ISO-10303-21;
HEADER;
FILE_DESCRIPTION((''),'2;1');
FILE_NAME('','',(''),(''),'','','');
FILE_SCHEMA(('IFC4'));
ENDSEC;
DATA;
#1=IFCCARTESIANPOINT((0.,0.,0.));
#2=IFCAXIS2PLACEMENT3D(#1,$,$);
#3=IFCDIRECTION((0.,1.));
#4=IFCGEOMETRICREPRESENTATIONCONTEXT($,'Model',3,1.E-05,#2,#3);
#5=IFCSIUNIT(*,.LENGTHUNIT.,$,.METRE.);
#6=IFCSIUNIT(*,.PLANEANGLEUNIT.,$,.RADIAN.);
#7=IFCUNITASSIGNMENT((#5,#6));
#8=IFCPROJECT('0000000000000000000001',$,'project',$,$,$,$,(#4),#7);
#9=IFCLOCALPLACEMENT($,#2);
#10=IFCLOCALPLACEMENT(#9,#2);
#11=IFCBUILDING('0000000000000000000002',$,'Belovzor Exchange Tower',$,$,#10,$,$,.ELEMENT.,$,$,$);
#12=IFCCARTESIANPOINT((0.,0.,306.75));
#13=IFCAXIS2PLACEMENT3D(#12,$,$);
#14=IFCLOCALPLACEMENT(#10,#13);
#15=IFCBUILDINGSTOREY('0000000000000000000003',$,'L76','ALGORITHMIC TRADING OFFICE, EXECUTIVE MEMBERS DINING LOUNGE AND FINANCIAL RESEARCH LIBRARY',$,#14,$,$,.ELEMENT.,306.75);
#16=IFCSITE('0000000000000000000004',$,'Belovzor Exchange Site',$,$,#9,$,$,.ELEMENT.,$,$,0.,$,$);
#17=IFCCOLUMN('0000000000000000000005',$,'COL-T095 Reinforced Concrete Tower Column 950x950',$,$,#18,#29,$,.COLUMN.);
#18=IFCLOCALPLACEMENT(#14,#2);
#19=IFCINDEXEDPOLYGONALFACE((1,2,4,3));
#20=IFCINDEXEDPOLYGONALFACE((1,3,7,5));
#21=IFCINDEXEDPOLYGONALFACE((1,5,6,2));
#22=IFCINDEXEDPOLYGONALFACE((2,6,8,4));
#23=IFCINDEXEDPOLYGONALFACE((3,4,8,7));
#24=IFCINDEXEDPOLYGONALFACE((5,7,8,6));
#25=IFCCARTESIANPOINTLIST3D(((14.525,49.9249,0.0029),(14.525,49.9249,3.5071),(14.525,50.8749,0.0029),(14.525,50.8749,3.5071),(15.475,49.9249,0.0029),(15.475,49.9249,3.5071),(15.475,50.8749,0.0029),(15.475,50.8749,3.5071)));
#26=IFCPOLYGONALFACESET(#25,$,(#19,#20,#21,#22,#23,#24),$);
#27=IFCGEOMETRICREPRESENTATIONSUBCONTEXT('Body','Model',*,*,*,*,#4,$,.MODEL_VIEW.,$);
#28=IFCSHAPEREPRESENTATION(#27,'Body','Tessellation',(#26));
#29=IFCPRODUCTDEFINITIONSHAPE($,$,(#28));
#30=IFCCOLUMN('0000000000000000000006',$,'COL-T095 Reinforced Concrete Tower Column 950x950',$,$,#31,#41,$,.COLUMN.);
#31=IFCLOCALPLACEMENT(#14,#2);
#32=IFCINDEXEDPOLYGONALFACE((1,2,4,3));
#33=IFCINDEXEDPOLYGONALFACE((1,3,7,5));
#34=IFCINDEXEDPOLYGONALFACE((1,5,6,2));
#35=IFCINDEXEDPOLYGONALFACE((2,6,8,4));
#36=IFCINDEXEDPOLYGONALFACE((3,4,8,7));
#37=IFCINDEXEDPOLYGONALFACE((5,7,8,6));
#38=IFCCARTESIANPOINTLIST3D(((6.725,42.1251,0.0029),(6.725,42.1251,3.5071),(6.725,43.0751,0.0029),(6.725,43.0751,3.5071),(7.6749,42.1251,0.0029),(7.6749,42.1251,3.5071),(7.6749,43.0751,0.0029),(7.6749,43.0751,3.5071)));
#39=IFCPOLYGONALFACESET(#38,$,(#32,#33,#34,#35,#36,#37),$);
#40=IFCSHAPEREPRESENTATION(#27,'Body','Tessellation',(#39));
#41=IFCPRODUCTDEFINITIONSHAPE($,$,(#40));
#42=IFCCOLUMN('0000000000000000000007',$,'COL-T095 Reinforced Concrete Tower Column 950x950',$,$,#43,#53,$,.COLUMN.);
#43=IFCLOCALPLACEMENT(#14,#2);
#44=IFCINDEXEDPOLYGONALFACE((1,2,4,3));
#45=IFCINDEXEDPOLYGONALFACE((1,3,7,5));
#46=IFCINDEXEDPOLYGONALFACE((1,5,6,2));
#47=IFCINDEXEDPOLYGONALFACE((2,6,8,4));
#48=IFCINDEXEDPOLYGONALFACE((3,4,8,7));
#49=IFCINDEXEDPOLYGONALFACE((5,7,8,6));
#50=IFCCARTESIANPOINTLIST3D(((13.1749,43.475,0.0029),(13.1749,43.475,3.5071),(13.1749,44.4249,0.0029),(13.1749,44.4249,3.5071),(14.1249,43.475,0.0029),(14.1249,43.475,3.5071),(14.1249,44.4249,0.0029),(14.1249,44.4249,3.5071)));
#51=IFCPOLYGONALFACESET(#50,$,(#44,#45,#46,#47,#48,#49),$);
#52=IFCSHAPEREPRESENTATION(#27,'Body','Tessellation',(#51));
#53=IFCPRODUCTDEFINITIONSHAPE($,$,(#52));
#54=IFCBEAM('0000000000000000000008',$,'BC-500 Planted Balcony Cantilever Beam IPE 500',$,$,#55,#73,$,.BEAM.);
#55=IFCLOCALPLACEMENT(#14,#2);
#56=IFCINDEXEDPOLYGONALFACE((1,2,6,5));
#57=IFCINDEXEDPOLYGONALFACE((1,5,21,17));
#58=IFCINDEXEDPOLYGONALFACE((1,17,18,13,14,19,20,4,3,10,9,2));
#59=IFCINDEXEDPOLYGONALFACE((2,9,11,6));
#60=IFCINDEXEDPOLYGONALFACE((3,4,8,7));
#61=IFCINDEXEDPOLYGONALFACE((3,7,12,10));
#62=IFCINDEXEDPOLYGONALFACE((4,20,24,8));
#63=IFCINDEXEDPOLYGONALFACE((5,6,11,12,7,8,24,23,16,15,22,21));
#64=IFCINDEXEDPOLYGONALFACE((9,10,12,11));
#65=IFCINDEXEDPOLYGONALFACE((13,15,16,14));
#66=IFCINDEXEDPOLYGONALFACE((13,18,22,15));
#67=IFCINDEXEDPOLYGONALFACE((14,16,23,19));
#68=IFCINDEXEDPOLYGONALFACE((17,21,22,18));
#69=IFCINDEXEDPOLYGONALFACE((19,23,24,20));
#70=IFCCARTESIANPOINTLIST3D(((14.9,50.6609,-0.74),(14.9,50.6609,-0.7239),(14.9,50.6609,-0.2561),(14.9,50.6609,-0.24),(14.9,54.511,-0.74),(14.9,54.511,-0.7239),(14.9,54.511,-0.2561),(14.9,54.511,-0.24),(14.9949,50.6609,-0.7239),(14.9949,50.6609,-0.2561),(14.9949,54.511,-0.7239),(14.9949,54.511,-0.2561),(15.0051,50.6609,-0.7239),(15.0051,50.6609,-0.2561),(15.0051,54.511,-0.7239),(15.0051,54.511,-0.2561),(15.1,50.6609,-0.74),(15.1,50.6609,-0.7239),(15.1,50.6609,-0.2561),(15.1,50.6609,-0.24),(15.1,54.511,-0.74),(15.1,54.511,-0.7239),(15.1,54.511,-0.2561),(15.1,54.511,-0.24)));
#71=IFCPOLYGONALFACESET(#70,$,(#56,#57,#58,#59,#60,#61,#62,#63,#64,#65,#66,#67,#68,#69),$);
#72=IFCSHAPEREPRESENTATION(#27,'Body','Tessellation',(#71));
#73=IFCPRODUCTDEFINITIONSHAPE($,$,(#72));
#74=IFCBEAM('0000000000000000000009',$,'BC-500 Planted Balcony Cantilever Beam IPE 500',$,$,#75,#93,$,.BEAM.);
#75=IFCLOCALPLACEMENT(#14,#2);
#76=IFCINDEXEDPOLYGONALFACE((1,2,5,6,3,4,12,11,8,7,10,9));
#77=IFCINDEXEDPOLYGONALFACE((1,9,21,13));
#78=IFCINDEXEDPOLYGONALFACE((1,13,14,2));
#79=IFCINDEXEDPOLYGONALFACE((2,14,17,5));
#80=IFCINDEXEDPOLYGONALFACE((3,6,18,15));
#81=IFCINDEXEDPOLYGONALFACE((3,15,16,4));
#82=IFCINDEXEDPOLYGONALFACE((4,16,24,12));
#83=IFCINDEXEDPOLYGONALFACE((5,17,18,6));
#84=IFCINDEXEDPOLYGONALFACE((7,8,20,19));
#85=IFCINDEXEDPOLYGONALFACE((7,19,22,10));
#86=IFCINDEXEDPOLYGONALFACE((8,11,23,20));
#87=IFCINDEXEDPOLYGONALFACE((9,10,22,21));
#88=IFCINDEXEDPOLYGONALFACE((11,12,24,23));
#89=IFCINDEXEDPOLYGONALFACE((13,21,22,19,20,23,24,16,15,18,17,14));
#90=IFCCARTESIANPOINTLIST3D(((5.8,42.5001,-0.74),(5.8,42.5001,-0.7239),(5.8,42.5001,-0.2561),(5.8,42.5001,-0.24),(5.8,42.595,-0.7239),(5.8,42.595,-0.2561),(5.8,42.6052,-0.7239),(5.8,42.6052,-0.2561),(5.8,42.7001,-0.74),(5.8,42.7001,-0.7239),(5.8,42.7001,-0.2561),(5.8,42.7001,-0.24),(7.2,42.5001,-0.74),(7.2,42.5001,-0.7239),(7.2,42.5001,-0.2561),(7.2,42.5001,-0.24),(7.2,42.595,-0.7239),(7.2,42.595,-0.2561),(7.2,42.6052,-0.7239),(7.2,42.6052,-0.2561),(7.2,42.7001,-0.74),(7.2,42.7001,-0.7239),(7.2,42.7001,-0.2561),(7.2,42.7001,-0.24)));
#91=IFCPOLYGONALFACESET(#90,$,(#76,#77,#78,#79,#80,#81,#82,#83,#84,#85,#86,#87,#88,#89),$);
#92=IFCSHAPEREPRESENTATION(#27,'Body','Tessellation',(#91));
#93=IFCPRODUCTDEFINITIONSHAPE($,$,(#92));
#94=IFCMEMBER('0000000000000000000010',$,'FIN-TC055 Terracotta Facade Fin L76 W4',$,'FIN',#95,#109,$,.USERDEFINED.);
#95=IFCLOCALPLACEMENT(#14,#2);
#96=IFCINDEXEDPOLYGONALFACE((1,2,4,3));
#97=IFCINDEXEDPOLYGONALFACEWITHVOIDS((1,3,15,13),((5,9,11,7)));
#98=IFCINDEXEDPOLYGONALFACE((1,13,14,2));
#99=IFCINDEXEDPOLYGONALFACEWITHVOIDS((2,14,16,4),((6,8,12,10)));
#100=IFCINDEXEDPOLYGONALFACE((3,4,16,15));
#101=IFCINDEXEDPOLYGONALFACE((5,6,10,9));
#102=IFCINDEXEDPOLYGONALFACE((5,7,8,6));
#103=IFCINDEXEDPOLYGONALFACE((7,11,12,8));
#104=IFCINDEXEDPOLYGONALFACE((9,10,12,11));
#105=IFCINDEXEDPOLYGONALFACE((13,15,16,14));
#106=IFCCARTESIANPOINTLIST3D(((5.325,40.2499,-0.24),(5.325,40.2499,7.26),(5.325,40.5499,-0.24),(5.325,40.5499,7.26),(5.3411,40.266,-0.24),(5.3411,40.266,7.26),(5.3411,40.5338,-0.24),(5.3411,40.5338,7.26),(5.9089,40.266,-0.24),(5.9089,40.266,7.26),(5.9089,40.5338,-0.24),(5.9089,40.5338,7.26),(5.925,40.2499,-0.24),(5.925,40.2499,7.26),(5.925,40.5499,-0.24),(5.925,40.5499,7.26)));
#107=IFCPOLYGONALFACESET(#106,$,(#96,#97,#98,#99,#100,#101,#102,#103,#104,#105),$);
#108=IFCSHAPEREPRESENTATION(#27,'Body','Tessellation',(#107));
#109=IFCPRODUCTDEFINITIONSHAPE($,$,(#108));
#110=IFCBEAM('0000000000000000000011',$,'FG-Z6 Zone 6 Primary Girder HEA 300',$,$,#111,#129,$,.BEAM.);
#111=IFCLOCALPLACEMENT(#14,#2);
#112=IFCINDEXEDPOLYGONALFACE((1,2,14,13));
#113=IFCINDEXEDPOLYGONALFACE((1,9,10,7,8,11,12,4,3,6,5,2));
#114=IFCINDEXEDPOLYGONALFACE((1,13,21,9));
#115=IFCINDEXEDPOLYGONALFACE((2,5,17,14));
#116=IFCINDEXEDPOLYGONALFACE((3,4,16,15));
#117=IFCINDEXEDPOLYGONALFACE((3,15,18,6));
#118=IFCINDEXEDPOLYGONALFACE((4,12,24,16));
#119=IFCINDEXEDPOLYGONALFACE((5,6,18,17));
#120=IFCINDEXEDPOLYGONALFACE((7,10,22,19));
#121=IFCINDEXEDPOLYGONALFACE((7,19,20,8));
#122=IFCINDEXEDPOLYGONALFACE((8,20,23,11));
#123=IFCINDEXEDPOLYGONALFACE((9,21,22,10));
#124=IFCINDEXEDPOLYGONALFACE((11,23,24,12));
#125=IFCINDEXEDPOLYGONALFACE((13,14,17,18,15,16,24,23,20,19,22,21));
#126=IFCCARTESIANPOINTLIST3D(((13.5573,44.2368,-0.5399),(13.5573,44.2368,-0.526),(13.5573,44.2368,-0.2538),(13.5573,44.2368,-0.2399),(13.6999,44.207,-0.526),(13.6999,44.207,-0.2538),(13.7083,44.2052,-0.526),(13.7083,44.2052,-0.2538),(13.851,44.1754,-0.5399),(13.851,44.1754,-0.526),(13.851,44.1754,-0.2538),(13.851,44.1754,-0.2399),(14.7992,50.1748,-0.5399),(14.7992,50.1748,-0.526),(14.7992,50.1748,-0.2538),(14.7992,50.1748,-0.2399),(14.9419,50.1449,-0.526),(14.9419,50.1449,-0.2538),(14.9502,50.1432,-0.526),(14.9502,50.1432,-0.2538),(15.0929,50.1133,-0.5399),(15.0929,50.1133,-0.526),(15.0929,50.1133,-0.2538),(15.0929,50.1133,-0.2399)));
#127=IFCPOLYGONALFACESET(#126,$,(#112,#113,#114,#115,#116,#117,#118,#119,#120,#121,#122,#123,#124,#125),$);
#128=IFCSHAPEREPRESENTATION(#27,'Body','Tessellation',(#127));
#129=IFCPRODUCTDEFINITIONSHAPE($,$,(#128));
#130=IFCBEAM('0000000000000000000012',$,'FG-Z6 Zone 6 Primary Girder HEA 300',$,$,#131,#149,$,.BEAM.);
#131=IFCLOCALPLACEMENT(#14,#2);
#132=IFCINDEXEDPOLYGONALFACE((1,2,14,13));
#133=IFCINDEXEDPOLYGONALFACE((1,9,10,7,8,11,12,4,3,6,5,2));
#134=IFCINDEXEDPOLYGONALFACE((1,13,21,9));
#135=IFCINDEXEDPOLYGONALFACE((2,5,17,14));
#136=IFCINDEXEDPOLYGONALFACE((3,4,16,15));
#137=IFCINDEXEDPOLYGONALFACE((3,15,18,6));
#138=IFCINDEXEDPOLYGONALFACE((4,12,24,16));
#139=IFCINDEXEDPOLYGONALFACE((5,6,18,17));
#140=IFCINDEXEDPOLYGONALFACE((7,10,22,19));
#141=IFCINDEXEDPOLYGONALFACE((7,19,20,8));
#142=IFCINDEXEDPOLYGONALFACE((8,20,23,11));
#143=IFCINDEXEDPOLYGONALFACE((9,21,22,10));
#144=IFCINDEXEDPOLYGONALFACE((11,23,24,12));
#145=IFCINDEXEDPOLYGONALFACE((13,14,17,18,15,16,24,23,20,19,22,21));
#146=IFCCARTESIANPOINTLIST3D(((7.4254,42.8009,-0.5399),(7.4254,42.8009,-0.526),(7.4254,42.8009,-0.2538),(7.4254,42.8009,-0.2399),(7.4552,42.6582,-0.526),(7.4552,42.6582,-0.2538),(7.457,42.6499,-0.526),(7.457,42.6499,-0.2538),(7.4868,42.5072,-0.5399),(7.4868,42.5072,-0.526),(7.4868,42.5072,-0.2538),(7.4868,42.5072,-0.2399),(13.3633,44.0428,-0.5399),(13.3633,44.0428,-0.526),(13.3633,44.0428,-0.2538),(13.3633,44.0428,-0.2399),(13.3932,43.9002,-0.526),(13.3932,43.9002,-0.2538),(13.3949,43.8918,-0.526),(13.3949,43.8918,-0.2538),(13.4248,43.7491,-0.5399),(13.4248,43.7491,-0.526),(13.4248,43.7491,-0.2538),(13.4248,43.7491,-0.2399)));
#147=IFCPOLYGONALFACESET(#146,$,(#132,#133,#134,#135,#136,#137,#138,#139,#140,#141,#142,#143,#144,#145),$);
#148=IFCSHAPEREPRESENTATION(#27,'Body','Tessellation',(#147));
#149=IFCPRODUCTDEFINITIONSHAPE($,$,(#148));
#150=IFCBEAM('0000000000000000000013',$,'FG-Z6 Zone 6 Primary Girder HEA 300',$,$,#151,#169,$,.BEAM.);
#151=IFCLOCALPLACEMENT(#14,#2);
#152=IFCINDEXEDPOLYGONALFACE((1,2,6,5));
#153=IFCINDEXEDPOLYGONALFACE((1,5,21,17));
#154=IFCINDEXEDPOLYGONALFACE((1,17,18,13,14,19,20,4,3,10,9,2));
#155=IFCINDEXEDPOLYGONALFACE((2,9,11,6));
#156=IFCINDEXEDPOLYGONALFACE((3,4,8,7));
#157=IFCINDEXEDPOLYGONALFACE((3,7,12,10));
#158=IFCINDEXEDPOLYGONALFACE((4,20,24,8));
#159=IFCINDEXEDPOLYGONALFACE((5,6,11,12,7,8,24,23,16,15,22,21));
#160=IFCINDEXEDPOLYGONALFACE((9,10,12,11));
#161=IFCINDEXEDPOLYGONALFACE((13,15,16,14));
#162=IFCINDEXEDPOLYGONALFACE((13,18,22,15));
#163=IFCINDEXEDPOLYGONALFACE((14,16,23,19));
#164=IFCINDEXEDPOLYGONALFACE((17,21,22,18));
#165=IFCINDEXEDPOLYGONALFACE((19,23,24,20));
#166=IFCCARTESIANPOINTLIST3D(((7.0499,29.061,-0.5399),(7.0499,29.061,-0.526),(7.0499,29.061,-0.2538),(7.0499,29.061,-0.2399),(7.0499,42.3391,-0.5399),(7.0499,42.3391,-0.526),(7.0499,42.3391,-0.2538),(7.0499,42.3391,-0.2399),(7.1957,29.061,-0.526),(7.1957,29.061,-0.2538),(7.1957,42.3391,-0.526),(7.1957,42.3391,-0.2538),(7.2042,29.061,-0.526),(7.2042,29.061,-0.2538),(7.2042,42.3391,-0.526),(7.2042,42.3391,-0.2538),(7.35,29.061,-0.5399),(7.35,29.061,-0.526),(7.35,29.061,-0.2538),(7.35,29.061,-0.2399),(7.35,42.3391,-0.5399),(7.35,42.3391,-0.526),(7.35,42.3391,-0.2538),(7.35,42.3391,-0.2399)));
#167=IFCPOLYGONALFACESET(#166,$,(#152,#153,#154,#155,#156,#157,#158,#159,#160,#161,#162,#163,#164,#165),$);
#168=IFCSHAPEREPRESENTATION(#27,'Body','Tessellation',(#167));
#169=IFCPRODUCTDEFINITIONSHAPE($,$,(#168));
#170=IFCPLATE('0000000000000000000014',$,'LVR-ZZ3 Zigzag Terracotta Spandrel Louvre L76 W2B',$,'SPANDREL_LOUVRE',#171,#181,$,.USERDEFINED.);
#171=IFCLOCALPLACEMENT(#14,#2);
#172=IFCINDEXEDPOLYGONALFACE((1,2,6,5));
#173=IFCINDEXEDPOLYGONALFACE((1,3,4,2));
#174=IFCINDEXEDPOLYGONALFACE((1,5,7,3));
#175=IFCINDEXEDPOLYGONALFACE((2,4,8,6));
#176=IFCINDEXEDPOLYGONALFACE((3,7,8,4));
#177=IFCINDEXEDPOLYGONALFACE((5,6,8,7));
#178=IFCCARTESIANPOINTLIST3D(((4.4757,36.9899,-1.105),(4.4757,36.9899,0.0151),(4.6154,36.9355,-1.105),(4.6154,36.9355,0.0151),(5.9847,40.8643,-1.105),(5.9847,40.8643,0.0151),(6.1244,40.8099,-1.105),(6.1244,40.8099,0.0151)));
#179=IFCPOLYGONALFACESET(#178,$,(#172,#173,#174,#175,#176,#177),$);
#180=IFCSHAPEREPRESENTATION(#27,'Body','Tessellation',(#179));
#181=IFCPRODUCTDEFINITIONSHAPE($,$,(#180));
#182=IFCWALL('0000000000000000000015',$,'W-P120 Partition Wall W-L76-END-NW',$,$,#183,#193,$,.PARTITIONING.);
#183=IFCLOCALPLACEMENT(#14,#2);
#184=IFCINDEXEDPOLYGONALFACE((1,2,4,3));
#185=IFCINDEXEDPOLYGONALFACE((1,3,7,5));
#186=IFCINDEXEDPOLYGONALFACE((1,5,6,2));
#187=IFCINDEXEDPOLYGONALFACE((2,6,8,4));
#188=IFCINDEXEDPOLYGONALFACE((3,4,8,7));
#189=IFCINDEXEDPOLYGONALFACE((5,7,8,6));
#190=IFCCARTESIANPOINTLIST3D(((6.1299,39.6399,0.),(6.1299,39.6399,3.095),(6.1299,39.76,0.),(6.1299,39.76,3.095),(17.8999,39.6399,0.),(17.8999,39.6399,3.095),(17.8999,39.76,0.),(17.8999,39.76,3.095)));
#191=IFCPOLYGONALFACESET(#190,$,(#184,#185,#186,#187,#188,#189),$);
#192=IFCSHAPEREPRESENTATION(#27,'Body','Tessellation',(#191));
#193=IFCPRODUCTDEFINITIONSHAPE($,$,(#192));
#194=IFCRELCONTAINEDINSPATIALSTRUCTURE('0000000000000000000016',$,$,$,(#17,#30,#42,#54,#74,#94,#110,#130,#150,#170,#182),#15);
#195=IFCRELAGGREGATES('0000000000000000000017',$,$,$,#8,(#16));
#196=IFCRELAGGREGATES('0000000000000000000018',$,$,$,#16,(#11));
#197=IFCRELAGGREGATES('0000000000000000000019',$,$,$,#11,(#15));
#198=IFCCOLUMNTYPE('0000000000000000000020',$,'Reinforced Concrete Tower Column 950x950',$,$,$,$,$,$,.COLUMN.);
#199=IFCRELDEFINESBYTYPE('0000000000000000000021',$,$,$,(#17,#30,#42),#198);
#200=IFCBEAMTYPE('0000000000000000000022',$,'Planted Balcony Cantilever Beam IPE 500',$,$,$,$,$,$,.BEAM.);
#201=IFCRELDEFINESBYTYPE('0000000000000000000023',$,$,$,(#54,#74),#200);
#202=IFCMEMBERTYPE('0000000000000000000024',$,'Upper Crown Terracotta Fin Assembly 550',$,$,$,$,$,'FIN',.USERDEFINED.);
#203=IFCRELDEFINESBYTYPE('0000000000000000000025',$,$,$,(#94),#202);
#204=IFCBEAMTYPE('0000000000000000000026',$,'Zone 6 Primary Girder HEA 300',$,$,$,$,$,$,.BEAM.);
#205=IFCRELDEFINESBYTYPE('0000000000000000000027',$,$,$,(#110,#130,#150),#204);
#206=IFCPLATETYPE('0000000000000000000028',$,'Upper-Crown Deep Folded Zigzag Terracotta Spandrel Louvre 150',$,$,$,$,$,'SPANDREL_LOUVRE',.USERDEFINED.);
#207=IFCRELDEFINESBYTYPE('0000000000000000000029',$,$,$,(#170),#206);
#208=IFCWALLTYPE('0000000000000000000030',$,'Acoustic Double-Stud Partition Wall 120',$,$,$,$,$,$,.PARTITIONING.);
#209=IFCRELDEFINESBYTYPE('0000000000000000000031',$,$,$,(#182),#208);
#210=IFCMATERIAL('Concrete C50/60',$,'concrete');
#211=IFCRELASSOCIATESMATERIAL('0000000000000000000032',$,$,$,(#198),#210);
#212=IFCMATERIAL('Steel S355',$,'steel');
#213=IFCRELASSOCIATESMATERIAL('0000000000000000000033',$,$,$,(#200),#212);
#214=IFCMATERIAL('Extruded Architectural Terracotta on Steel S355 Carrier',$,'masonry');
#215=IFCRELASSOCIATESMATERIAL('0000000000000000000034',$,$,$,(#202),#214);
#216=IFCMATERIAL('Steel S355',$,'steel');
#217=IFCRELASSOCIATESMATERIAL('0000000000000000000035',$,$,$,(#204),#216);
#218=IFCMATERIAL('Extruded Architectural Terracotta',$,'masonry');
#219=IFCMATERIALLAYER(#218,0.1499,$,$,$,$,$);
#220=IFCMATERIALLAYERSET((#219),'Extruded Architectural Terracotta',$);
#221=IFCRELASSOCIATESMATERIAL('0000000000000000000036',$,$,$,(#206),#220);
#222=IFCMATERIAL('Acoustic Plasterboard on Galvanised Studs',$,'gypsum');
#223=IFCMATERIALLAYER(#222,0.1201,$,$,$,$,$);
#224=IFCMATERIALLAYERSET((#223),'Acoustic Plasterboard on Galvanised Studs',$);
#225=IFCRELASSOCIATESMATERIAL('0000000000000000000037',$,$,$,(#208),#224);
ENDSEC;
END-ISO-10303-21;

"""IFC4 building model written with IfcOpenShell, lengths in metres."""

from ifc_helpers import new_model, si_unit, direction, frame, frame_2d, origin, origin_2d, place, context, subcontext, project, spatial, rectangle, hollow_rectangle, i_section, extrude, material, layer, layer_set, material_profile, profile_set, type_object, element, save


model = new_model("IFC4")

# Units and contexts
model_context = context("Model", 3, precision=1e-05, world=origin(), true_north=direction((0.0, 1.0)))
body_context = subcontext(model_context, "Body", "Model", "MODEL_VIEW")
ifc_project = project(units=[si_unit("LENGTHUNIT", "METRE"), si_unit("PLANEANGLEUNIT", "RADIAN")], contexts=[model_context])

# Site, building, storey
site_placement = place(None, origin())
site = spatial("IfcSite", under=ifc_project, at=site_placement, Name="Belovzor Exchange Site", CompositionType="ELEMENT", RefElevation=0.0)
building_placement = place(site_placement, origin())
building = spatial("IfcBuilding", under=site, at=building_placement, Name="Belovzor Exchange Tower", CompositionType="ELEMENT")
storey_placement = place(building_placement, frame((0.0, 0.0, 306.75)))
storey = spatial("IfcBuildingStorey", under=building, at=storey_placement, Name="L76", Description="ALGORITHMIC TRADING OFFICE, EXECUTIVE MEMBERS DINING LOUNGE AND FINANCIAL RESEARCH LIBRARY", CompositionType="ELEMENT", Elevation=306.75)

# Columns
ifc_material_1 = material(Name="Concrete C50/60", Category="concrete")
ifc_material_profile_1 = material_profile(ifc_material_1, rectangle(XDim=0.95, YDim=0.95, at=origin_2d()))
ifc_profile_set_1 = profile_set([ifc_material_profile_1], Name="Concrete C50/60")
column_type = type_object("IfcColumnType", Name="Reinforced Concrete Tower Column 950x950", PredefinedType="COLUMN", material=ifc_profile_set_1)
for number, where, z_axis, x_axis, name in (
    (1, (15.0, 50.3999, 0.0029), (0.0, 0.0, 1.0), (1.0, 0.0, 0.0), "COL-T095 Reinforced Concrete Tower Column 950x950"),
    (2, (7.2, 42.6001, 0.0029), (0.0, 0.0, 1.0), (1.0, 0.0, 0.0), "COL-T095 Reinforced Concrete Tower Column 950x950"),
    (3, (13.6499, 43.95, 0.0029), (0.0, 0.0, 1.0), (1.0, 0.0, 0.0), "COL-T095 Reinforced Concrete Tower Column 950x950"),
):
    element("IfcColumn", number, at=place(storey_placement, frame(where, z_axis=z_axis, x_axis=x_axis)), inside=storey, type_object=column_type, Name=name, PredefinedType="COLUMN", context=body_context, shape_type="SweptSolid", body=[
        extrude(rectangle(XDim=0.95, YDim=0.95, at=origin_2d()), origin(), (0.0, 0.0, 1.0), 3.5042),
    ])

# Beams
ifc_material_2 = material(Name="Steel S355", Category="steel")
ifc_material_profile_2 = material_profile(ifc_material_2, i_section(OverallWidth=0.2, OverallDepth=0.5, WebThickness=0.0103, FlangeThickness=0.0161, at=origin_2d()))
ifc_profile_set_2 = profile_set([ifc_material_profile_2], Name="Steel S355")
beam_type_1 = type_object("IfcBeamType", Name="Planted Balcony Cantilever Beam IPE 500", PredefinedType="BEAM", material=ifc_profile_set_2)
beam_1_placement = place(storey_placement, frame((15.0, 50.6609, -0.49), z_axis=(0.0, 1.0, 0.0), x_axis=(-1.0, 0.0, 0.0)))
element("IfcBeam", 4, at=beam_1_placement, inside=storey, type_object=beam_type_1, Name="BC-500 Planted Balcony Cantilever Beam IPE 500", PredefinedType="BEAM", context=body_context, shape_type="SweptSolid", body=[
    extrude(i_section(OverallWidth=0.2, OverallDepth=0.5, WebThickness=0.0103, FlangeThickness=0.0161, at=origin_2d()), origin(), (0.0, 0.0, 1.0), 3.8501),
])
beam_2_placement = place(storey_placement, frame((7.2, 42.6001, -0.49), z_axis=(-1.0, 0.0, 0.0), x_axis=(0.0, -1.0, 0.0)))
element("IfcBeam", 5, at=beam_2_placement, inside=storey, type_object=beam_type_1, Name="BC-500 Planted Balcony Cantilever Beam IPE 500", PredefinedType="BEAM", context=body_context, shape_type="SweptSolid", body=[
    extrude(i_section(OverallWidth=0.2, OverallDepth=0.5, WebThickness=0.0103, FlangeThickness=0.0161, at=origin_2d()), origin(), (0.0, 0.0, 1.0), 1.3999),
])

# Member
ifc_material_3 = material(Name="Extruded Architectural Terracotta on Steel S355 Carrier", Category="masonry")
ifc_material_profile_3 = material_profile(ifc_material_3, hollow_rectangle(XDim=0.3, YDim=0.6001, WallThickness=0.0161, at=origin_2d()))
ifc_profile_set_3 = profile_set([ifc_material_profile_3], Name="Extruded Architectural Terracotta on Steel S355 Carrier")
member_type = type_object("IfcMemberType", Name="Upper Crown Terracotta Fin Assembly 550", ElementType="FIN", PredefinedType="USERDEFINED", material=ifc_profile_set_3)
member_placement = place(storey_placement, frame((5.625, 40.3999, -0.24), z_axis=(0.0, 0.0, 1.0), x_axis=(0.0, 1.0, 0.0)))
element("IfcMember", 6, at=member_placement, inside=storey, type_object=member_type, Name="FIN-TC055 Terracotta Facade Fin L76 W4", ObjectType="FIN", PredefinedType="USERDEFINED", context=body_context, shape_type="SweptSolid", body=[
    extrude(hollow_rectangle(XDim=0.3, YDim=0.6001, WallThickness=0.0161, at=origin_2d()), origin(), (0.0, 0.0, 1.0), 7.5),
])

# Beams
ifc_material_4 = material(Name="Steel S355", Category="steel")
ifc_material_profile_4 = material_profile(ifc_material_4, i_section(OverallWidth=0.3, OverallDepth=0.3, WebThickness=0.0085, FlangeThickness=0.0139, at=origin_2d()))
ifc_profile_set_4 = profile_set([ifc_material_profile_4], Name="Steel S355")
beam_type_2 = type_object("IfcBeamType", Name="Zone 6 Primary Girder HEA 300", PredefinedType="BEAM", material=ifc_profile_set_4)
for number, where, z_axis, x_axis, name in (
    (7, (14.946, 50.144, -0.3899), (-0.204722, -0.97882, 0.0), (0.97882, -0.204722, 0.0), "FG-Z6 Zone 6 Primary Girder HEA 300"),
    (8, (13.394, 43.896, -0.3899), (-0.97882, -0.204722, 0.0), (0.204722, -0.97882, 0.0), "FG-Z6 Zone 6 Primary Girder HEA 300"),
):
    element("IfcBeam", number, at=place(storey_placement, frame(where, z_axis=z_axis, x_axis=x_axis)), inside=storey, type_object=beam_type_2, Name=name, PredefinedType="BEAM", context=body_context, shape_type="SweptSolid", body=[
        extrude(i_section(OverallWidth=0.3, OverallDepth=0.3, WebThickness=0.0085, FlangeThickness=0.0139, at=origin_2d()), origin(), (0.0, 0.0, 1.0), 6.0664),
    ])
beam_3_placement = place(storey_placement, frame((7.2, 42.3391, -0.3899), z_axis=(0.0, -1.0, 0.0), x_axis=(1.0, 0.0, 0.0)))
element("IfcBeam", 9, at=beam_3_placement, inside=storey, type_object=beam_type_2, Name="FG-Z6 Zone 6 Primary Girder HEA 300", PredefinedType="BEAM", context=body_context, shape_type="SweptSolid", body=[
    extrude(i_section(OverallWidth=0.3, OverallDepth=0.3, WebThickness=0.0085, FlangeThickness=0.0139, at=origin_2d()), origin(), (0.0, 0.0, 1.0), 13.2781),
])

# Plate
ifc_material_5 = material(Name="Extruded Architectural Terracotta", Category="masonry")
ifc_layer_1 = layer(ifc_material_5, 0.1499)
ifc_layer_set_1 = layer_set([ifc_layer_1], Name="Extruded Architectural Terracotta")
plate_type = type_object("IfcPlateType", Name="Upper-Crown Deep Folded Zigzag Terracotta Spandrel Louvre 150", ElementType="SPANDREL_LOUVRE", PredefinedType="USERDEFINED", material=ifc_layer_set_1)
plate_placement = place(storey_placement, frame((5.3, 38.8999, -1.105), z_axis=(0.0, 0.0, 1.0), x_axis=(0.362926, 0.931818, 0.0)))
element("IfcPlate", 10, at=plate_placement, inside=storey, type_object=plate_type, Name="LVR-ZZ3 Zigzag Terracotta Spandrel Louvre L76 W2B", ObjectType="SPANDREL_LOUVRE", PredefinedType="USERDEFINED", context=body_context, shape_type="SweptSolid", body=[
    extrude(rectangle(XDim=4.158, YDim=0.1499, at=origin_2d()), origin(), (0.0, 0.0, 1.0), 1.1201),
])

# Wall
ifc_material_6 = material(Name="Acoustic Plasterboard on Galvanised Studs", Category="gypsum")
ifc_layer_2 = layer(ifc_material_6, 0.1201)
ifc_layer_set_2 = layer_set([ifc_layer_2], Name="Acoustic Plasterboard on Galvanised Studs")
wall_type_1 = type_object("IfcWallType", Name="Acoustic Double-Stud Partition Wall 120", PredefinedType="PARTITIONING", material=ifc_layer_set_2)
wall_1_placement = place(storey_placement, frame((6.1299, 39.7, 0.0), z_axis=(0.0, 0.0, 1.0), x_axis=(1.0, 0.0, 0.0)))
element("IfcWall", 11, at=wall_1_placement, inside=storey, type_object=wall_type_1, Name="W-P120 Partition Wall W-L76-END-NW", PredefinedType="PARTITIONING", context=body_context, shape_type="SweptSolid", body=[
    extrude(rectangle(XDim=11.77, YDim=0.1201, at=frame_2d((5.885, 0.0))), origin(), (0.0, 0.0, 1.0), 3.095),
])

save(model, "model.ifc")
